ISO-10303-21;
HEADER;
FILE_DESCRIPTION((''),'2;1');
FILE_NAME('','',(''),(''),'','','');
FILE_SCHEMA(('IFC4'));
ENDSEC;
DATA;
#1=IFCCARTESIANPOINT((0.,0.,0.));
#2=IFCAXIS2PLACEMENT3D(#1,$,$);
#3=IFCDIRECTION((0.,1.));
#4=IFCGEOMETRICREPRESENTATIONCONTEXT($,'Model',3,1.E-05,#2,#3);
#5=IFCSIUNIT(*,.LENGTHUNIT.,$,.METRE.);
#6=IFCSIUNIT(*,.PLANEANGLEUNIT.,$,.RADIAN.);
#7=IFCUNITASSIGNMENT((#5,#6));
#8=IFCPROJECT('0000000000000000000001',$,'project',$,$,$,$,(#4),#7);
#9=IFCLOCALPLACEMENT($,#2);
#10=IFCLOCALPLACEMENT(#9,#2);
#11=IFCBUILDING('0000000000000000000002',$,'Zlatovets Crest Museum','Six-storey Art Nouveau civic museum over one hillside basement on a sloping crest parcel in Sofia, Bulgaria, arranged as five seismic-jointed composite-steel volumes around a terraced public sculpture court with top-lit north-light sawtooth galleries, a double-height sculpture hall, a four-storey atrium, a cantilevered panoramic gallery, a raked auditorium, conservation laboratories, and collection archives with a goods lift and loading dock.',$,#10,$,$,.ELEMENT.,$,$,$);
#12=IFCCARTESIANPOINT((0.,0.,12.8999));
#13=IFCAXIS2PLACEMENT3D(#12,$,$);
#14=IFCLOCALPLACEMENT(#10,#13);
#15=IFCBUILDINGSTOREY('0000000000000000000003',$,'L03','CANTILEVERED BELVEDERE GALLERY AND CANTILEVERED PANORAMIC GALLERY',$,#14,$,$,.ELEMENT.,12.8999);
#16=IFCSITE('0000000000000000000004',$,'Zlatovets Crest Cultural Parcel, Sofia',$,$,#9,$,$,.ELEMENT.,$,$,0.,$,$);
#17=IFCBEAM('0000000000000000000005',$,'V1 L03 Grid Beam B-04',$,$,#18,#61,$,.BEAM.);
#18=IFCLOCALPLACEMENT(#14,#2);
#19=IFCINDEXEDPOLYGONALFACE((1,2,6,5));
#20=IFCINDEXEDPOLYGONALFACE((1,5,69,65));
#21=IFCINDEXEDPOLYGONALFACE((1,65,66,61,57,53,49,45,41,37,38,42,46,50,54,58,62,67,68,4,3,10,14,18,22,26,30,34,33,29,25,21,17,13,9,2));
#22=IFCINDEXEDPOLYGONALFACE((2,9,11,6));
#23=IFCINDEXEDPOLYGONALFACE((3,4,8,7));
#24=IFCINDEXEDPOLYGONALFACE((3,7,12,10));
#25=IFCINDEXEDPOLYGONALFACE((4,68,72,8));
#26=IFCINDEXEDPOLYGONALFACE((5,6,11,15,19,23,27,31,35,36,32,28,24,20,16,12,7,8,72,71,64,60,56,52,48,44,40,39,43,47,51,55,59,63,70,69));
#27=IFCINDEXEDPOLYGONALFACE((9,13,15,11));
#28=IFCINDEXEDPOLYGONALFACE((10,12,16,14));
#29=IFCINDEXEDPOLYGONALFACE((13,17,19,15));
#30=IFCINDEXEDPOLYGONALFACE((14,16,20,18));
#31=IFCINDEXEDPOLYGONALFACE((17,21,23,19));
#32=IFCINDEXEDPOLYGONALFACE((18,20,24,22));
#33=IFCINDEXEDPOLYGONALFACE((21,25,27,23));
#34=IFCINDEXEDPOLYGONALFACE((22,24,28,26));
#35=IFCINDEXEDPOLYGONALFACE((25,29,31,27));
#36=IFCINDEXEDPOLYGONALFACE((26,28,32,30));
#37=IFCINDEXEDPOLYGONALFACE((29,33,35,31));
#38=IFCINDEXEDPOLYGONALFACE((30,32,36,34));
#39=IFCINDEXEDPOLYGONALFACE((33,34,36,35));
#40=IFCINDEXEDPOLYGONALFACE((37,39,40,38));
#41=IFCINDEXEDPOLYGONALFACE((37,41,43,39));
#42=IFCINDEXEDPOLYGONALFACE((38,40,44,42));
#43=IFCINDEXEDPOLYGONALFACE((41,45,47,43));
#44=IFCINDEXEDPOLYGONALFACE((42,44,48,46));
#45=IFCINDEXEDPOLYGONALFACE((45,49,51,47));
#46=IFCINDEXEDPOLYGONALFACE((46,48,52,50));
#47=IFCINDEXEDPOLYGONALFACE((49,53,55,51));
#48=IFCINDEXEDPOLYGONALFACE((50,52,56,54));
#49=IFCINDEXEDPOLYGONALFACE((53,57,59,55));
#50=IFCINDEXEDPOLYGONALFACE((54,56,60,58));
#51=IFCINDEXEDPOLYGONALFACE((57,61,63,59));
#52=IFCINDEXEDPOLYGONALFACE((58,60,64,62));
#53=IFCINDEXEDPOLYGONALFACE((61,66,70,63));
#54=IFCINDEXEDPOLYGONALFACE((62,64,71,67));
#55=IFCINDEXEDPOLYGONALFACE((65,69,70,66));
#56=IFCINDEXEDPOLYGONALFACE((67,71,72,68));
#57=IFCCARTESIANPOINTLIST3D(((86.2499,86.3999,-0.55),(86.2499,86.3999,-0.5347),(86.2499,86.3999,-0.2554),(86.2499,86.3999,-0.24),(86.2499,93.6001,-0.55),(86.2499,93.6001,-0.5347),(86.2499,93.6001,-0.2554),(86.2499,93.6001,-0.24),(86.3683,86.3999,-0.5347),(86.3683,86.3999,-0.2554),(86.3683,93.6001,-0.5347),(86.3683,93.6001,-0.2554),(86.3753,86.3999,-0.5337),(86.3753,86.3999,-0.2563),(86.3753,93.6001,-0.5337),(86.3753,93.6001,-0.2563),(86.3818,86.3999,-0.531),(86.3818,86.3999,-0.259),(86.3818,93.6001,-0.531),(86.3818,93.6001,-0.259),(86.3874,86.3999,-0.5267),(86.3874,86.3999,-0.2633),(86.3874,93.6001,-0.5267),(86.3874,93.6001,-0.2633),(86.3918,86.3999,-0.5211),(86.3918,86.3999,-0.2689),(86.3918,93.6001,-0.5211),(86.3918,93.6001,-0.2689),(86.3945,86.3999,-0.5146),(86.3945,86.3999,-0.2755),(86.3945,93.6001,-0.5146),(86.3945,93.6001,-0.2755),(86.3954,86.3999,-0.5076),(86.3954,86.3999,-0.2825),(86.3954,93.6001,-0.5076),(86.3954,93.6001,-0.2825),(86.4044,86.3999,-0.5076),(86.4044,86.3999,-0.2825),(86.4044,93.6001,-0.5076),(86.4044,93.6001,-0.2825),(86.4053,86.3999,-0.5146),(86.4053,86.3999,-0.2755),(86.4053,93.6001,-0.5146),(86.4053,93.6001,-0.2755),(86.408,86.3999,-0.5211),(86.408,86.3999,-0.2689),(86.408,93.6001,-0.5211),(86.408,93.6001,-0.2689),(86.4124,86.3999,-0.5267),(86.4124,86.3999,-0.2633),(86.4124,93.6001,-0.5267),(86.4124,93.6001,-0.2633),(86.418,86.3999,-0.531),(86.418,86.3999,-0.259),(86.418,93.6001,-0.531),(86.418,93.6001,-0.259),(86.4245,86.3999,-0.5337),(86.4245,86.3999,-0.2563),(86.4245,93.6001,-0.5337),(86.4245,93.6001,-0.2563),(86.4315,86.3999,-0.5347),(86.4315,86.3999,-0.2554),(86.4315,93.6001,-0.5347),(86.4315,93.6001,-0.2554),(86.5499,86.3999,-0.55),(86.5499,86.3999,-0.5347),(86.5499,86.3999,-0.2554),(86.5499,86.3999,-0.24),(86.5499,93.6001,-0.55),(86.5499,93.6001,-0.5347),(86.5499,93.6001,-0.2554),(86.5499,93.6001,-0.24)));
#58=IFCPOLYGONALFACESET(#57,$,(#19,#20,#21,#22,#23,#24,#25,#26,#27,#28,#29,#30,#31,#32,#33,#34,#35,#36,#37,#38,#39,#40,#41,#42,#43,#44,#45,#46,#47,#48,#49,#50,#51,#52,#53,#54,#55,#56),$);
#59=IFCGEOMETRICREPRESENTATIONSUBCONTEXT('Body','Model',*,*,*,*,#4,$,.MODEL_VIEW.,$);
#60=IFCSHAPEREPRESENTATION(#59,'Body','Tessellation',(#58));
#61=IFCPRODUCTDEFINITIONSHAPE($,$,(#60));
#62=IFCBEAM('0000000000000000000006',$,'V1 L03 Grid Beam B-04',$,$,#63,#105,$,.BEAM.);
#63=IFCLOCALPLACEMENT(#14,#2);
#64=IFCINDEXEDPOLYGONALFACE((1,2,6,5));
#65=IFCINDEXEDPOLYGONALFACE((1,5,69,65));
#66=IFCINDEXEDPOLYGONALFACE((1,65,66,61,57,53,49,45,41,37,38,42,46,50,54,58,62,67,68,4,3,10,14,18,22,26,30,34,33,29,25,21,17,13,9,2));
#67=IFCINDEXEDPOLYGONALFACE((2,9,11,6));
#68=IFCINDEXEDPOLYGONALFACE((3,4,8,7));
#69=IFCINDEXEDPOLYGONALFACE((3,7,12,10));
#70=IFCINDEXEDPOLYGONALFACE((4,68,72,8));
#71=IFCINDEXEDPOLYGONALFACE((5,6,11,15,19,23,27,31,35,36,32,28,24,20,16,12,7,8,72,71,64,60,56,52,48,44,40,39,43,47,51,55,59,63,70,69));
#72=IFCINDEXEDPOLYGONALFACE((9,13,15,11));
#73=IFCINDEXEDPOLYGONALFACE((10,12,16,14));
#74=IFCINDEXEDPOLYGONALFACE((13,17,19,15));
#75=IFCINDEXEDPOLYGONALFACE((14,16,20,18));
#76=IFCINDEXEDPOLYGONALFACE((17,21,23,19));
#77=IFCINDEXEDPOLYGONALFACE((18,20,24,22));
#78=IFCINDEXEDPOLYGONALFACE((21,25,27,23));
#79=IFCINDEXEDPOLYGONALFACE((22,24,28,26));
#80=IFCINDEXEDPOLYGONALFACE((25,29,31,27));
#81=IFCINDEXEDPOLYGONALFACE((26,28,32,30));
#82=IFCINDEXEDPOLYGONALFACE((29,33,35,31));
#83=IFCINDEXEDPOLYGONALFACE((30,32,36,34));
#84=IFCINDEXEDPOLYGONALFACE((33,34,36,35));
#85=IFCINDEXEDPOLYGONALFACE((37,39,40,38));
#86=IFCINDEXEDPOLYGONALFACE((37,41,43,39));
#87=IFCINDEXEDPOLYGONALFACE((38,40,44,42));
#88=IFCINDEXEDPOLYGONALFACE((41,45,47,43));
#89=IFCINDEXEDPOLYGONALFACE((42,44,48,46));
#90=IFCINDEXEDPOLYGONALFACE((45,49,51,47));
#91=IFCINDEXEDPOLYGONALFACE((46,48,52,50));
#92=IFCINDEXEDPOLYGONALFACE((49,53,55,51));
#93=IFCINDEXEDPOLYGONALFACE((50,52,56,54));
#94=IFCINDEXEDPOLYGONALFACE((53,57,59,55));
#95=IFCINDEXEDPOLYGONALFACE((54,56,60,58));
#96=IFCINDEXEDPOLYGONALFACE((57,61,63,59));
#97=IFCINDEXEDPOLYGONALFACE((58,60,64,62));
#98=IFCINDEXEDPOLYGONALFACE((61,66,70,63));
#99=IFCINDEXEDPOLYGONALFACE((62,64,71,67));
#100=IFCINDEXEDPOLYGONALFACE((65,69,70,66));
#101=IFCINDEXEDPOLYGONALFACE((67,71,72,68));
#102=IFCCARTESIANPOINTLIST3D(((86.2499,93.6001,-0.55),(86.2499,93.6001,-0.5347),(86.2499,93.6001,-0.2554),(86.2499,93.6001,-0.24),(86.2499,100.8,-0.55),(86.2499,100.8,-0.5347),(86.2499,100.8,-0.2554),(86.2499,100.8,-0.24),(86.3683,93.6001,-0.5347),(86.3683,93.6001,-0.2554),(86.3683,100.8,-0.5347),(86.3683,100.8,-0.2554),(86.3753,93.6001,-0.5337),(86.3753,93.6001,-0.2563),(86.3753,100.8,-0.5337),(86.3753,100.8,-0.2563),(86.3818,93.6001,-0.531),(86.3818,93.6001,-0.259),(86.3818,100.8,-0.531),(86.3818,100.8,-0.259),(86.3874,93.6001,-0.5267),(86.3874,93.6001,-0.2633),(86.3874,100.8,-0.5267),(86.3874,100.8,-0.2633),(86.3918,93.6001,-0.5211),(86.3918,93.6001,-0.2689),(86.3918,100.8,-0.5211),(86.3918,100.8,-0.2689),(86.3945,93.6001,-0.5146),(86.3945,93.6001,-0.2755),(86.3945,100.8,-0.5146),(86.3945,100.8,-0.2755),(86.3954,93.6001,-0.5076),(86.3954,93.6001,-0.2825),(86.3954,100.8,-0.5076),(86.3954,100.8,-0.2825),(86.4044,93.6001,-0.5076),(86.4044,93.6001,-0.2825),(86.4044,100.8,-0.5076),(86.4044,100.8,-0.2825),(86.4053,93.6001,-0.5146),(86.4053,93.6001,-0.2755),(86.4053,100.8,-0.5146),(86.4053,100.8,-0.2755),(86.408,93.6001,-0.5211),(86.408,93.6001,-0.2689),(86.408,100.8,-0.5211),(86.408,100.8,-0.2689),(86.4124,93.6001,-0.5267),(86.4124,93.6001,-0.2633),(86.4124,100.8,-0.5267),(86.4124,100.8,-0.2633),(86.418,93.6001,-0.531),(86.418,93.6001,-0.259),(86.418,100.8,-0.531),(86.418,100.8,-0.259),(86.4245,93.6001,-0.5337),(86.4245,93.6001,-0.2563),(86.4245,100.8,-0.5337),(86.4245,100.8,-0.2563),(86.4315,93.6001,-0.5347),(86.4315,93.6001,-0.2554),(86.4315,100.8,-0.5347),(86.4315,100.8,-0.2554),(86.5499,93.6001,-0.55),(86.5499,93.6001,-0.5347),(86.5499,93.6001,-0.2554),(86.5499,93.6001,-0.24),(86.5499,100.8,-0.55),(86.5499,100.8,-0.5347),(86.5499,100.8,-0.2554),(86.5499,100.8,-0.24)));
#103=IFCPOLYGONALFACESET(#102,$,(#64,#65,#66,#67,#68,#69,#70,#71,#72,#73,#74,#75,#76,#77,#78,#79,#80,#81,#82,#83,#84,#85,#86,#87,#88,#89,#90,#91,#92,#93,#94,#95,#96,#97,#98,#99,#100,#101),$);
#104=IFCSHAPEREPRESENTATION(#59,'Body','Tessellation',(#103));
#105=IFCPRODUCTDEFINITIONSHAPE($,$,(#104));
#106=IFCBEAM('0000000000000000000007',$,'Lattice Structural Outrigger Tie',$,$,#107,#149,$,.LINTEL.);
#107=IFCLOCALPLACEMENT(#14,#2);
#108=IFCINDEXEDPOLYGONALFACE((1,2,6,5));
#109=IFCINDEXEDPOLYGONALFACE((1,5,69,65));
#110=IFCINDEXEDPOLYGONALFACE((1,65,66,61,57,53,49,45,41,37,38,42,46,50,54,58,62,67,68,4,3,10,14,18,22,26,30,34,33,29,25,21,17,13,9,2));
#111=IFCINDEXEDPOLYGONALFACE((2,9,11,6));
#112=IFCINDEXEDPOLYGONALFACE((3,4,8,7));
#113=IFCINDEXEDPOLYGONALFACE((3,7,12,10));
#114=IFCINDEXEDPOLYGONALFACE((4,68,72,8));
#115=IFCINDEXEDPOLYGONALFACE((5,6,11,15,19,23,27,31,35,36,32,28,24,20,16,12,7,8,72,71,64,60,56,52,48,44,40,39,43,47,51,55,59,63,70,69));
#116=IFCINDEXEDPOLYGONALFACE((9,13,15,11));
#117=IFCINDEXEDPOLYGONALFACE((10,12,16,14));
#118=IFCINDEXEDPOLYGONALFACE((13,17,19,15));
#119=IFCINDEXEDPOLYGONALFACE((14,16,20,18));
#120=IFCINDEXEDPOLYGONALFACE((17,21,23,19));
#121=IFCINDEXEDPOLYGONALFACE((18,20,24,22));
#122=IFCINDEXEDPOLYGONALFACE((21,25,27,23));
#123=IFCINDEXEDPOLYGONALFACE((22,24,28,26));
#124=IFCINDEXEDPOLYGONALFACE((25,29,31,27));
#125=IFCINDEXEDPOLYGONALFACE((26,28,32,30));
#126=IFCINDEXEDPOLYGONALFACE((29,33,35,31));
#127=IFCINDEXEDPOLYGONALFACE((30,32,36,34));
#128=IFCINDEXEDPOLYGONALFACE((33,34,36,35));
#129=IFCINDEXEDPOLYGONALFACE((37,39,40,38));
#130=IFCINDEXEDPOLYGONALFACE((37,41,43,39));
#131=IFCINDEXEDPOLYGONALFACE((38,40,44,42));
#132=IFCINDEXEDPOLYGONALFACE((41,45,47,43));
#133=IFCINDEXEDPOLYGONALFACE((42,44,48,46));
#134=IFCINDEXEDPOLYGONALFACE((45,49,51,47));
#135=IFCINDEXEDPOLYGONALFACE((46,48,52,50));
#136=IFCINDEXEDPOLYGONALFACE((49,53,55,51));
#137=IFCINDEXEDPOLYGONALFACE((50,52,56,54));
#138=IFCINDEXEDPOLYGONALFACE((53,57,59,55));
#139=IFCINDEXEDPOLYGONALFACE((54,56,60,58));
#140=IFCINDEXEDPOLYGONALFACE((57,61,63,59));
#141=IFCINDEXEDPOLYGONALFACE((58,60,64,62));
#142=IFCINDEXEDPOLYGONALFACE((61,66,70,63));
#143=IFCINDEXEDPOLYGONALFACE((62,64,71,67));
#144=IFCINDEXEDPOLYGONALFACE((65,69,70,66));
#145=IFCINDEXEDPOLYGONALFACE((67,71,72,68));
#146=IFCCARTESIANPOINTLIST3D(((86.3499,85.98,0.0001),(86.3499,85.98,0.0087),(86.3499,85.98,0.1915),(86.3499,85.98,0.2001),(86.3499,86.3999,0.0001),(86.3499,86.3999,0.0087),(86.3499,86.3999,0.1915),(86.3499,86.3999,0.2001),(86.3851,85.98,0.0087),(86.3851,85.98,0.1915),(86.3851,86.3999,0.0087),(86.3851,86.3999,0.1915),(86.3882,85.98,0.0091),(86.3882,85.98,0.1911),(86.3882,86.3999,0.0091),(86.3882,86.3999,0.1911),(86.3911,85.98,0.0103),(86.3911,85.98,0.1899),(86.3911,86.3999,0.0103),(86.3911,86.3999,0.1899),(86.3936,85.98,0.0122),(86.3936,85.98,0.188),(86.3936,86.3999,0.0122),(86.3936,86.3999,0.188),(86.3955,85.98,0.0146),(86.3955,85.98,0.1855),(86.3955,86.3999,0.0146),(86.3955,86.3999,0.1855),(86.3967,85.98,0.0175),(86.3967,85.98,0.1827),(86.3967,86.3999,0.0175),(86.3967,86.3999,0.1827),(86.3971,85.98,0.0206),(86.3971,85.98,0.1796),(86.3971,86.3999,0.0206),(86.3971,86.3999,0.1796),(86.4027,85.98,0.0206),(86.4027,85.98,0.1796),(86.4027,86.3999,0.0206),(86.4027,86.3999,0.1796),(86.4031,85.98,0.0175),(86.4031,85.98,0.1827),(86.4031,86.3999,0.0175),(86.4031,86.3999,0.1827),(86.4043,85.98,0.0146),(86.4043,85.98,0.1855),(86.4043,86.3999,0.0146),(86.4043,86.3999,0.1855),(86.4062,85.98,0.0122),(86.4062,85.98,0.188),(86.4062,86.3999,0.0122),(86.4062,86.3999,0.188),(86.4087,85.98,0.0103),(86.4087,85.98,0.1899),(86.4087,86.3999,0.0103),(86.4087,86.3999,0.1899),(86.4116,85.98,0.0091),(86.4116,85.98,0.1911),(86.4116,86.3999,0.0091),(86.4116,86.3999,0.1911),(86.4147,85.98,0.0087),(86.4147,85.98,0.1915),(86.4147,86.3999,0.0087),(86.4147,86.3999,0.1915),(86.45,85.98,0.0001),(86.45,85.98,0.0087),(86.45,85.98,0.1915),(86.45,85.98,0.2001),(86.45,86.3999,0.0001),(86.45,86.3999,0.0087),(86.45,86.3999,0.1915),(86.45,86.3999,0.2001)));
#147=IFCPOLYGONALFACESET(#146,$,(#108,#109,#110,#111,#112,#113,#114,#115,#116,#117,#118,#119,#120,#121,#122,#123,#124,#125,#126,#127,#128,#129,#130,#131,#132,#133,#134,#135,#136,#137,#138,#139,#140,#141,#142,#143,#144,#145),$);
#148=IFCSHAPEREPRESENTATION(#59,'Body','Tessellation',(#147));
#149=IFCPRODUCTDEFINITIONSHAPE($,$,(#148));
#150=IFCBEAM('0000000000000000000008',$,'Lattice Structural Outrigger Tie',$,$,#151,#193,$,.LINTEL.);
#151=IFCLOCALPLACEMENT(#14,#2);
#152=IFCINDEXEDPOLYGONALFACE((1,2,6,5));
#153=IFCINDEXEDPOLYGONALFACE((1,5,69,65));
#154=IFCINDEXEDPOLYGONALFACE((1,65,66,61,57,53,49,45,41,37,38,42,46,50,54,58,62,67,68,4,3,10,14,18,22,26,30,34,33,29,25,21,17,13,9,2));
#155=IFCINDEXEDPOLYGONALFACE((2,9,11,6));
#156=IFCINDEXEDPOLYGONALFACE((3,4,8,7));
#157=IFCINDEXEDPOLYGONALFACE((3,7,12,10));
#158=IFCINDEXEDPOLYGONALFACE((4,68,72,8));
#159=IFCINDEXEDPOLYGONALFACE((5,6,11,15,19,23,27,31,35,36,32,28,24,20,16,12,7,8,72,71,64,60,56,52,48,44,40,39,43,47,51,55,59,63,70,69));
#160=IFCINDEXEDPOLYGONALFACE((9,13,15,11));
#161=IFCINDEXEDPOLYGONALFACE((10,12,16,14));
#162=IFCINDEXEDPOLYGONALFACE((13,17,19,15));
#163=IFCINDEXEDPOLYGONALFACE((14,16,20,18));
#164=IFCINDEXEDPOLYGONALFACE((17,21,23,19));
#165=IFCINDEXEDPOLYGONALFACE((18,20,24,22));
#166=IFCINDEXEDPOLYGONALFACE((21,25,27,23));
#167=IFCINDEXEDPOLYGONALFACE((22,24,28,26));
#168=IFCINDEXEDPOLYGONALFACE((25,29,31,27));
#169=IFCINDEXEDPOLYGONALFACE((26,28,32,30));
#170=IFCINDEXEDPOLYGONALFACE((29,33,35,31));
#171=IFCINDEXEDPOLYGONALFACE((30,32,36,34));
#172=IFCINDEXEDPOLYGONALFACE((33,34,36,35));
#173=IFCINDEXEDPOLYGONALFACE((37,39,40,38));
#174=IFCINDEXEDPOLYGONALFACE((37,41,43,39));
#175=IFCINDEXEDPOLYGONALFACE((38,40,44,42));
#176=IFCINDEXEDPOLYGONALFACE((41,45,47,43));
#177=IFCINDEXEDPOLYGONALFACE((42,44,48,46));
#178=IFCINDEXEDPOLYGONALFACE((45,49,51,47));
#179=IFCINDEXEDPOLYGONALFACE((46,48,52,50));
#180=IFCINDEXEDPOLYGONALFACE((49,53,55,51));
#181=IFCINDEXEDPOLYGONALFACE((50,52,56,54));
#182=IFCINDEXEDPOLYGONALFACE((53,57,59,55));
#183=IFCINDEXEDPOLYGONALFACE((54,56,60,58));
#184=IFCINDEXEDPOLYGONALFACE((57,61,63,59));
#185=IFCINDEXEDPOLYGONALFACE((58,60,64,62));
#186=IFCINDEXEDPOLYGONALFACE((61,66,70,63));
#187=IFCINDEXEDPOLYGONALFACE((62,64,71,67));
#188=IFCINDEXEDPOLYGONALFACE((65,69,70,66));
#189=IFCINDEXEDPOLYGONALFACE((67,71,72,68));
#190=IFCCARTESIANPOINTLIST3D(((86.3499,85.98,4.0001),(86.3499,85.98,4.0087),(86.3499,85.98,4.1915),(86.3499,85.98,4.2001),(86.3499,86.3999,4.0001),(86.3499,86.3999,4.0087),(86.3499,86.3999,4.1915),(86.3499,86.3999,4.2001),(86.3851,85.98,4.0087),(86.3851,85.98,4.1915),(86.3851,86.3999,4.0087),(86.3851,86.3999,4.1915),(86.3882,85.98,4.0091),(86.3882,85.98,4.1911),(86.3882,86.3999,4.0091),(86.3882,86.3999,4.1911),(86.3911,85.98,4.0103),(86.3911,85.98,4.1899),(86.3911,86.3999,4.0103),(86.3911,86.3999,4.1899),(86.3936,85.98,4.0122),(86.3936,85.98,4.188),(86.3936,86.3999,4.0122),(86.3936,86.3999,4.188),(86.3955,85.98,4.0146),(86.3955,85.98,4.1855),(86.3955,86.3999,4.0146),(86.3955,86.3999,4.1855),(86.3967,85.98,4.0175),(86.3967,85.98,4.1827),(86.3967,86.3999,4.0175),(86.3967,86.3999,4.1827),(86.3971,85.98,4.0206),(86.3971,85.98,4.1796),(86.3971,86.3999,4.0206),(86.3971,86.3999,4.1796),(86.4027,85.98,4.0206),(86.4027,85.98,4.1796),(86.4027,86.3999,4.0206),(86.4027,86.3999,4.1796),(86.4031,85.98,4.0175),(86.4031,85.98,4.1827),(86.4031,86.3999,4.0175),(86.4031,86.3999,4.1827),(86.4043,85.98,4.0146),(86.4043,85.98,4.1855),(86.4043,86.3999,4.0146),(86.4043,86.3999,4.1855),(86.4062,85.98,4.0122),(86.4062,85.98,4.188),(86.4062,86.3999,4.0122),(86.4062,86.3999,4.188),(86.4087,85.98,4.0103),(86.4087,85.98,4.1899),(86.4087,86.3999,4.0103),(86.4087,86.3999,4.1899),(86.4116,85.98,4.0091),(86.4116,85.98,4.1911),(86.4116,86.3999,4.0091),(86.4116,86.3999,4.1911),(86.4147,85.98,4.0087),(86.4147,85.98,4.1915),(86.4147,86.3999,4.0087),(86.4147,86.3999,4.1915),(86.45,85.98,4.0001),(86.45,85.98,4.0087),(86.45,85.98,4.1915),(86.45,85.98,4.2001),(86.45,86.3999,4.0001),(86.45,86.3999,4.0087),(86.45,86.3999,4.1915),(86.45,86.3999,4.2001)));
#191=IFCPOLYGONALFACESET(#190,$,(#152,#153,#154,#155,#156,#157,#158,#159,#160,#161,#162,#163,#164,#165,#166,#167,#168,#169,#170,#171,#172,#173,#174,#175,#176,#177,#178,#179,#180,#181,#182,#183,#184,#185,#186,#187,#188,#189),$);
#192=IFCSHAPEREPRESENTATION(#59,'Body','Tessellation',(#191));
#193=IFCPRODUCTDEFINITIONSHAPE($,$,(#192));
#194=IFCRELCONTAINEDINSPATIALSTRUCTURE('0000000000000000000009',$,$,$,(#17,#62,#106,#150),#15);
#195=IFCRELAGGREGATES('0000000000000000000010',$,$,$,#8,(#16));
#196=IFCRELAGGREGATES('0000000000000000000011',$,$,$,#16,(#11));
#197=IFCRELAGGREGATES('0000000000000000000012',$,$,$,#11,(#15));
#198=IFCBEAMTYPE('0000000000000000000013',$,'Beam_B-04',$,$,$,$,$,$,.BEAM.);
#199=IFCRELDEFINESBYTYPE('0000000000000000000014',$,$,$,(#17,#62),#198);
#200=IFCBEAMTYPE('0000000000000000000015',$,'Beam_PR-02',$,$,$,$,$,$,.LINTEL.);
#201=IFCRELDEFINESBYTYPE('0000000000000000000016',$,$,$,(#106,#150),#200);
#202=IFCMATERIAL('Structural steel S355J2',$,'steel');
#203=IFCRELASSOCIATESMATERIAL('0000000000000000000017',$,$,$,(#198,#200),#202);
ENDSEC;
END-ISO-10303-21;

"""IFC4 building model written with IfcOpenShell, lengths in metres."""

from ifc_helpers import new_model, si_unit, direction, frame, origin, origin_2d, place, context, subcontext, project, spatial, i_section, extrude, material, material_profile, profile_set, type_object, element, save


model = new_model("IFC4")

# Units and contexts
model_context = context("Model", 3, precision=1e-05, world=origin(), true_north=direction((0.0, 1.0)))
body_context = subcontext(model_context, "Body", "Model", "MODEL_VIEW")
ifc_project = project(units=[si_unit("LENGTHUNIT", "METRE"), si_unit("PLANEANGLEUNIT", "RADIAN")], contexts=[model_context])

# Site, building, storey
site_placement = place(None, origin())
site = spatial("IfcSite", under=ifc_project, at=site_placement, Name="Zlatovets Crest Cultural Parcel, Sofia", CompositionType="ELEMENT", RefElevation=0.0)
building_placement = place(site_placement, origin())
building = spatial("IfcBuilding", under=site, at=building_placement, Name="Zlatovets Crest Museum", Description="Six-storey Art Nouveau civic museum over one hillside basement on a sloping crest parcel in Sofia, Bulgaria, arranged as five seismic-jointed composite-steel volumes around a terraced public sculpture court with top-lit north-light sawtooth galleries, a double-height sculpture hall, a four-storey atrium, a cantilevered panoramic gallery, a raked auditorium, conservation laboratories, and collection archives with a goods lift and loading dock.", CompositionType="ELEMENT")
storey_placement = place(building_placement, frame((0.0, 0.0, 12.8999)))
storey = spatial("IfcBuildingStorey", under=building, at=storey_placement, Name="L03", Description="CANTILEVERED BELVEDERE GALLERY AND CANTILEVERED PANORAMIC GALLERY", CompositionType="ELEMENT", Elevation=12.8999)

# Shared definitions
ifc_material_1 = material(Name="Structural steel S355J2", Category="steel")

# Beams
ifc_material_profile_1 = material_profile(ifc_material_1, i_section(OverallWidth=0.3, OverallDepth=0.3101, WebThickness=0.009, FlangeThickness=0.0154, FilletRadius=0.0271, at=origin_2d()), Name="HEA 320")
ifc_profile_set_1 = profile_set([ifc_material_profile_1], Name="Structural steel S355J2")
beam_type_1 = type_object("IfcBeamType", Name="Beam_B-04", PredefinedType="BEAM", material=ifc_profile_set_1)
beam_1_placement = place(storey_placement, frame((86.3999, 86.3999, -0.395), z_axis=(0.0, 1.0, 0.0), x_axis=(-1.0, 0.0, 0.0)))
element("IfcBeam", 1, at=beam_1_placement, inside=storey, type_object=beam_type_1, Name="V1 L03 Grid Beam B-04", PredefinedType="BEAM", context=body_context, shape_type="SweptSolid", body=[
    extrude(i_section(OverallWidth=0.3, OverallDepth=0.3101, WebThickness=0.009, FlangeThickness=0.0154, FilletRadius=0.0271, at=origin_2d()), origin(), (0.0, 0.0, 1.0), 7.2002),
])
beam_2_placement = place(storey_placement, frame((86.3999, 93.6001, -0.395), z_axis=(0.0, 1.0, 0.0), x_axis=(-1.0, 0.0, 0.0)))
element("IfcBeam", 2, at=beam_2_placement, inside=storey, type_object=beam_type_1, Name="V1 L03 Grid Beam B-04", PredefinedType="BEAM", context=body_context, shape_type="SweptSolid", body=[
    extrude(i_section(OverallWidth=0.3, OverallDepth=0.3101, WebThickness=0.009, FlangeThickness=0.0154, FilletRadius=0.0271, at=origin_2d()), origin(), (0.0, 0.0, 1.0), 7.2),
])
ifc_material_profile_2 = material_profile(ifc_material_1, i_section(OverallWidth=0.1001, OverallDepth=0.2, WebThickness=0.0056, FlangeThickness=0.0085, FilletRadius=0.012, at=origin_2d()), Name="IPE 200")
ifc_profile_set_2 = profile_set([ifc_material_profile_2], Name="Structural steel S355J2")
beam_type_2 = type_object("IfcBeamType", Name="Beam_PR-02", PredefinedType="LINTEL", material=ifc_profile_set_2)
for number, where, z_axis, x_axis, name in (
    (3, (86.3999, 86.3999, 0.1001), (0.0, -1.0, 0.0), (1.0, 0.0, 0.0), "Lattice Structural Outrigger Tie"),
    (4, (86.3999, 86.3999, 4.1001), (0.0, -1.0, 0.0), (1.0, 0.0, 0.0), "Lattice Structural Outrigger Tie"),
):
    element("IfcBeam", number, at=place(storey_placement, frame(where, z_axis=z_axis, x_axis=x_axis)), inside=storey, type_object=beam_type_2, Name=name, PredefinedType="LINTEL", context=body_context, shape_type="SweptSolid", body=[
        extrude(i_section(OverallWidth=0.1001, OverallDepth=0.2, WebThickness=0.0056, FlangeThickness=0.0085, FilletRadius=0.012, at=origin_2d()), origin(), (0.0, 0.0, 1.0), 0.4199),
    ])

save(model, "model.ifc")
